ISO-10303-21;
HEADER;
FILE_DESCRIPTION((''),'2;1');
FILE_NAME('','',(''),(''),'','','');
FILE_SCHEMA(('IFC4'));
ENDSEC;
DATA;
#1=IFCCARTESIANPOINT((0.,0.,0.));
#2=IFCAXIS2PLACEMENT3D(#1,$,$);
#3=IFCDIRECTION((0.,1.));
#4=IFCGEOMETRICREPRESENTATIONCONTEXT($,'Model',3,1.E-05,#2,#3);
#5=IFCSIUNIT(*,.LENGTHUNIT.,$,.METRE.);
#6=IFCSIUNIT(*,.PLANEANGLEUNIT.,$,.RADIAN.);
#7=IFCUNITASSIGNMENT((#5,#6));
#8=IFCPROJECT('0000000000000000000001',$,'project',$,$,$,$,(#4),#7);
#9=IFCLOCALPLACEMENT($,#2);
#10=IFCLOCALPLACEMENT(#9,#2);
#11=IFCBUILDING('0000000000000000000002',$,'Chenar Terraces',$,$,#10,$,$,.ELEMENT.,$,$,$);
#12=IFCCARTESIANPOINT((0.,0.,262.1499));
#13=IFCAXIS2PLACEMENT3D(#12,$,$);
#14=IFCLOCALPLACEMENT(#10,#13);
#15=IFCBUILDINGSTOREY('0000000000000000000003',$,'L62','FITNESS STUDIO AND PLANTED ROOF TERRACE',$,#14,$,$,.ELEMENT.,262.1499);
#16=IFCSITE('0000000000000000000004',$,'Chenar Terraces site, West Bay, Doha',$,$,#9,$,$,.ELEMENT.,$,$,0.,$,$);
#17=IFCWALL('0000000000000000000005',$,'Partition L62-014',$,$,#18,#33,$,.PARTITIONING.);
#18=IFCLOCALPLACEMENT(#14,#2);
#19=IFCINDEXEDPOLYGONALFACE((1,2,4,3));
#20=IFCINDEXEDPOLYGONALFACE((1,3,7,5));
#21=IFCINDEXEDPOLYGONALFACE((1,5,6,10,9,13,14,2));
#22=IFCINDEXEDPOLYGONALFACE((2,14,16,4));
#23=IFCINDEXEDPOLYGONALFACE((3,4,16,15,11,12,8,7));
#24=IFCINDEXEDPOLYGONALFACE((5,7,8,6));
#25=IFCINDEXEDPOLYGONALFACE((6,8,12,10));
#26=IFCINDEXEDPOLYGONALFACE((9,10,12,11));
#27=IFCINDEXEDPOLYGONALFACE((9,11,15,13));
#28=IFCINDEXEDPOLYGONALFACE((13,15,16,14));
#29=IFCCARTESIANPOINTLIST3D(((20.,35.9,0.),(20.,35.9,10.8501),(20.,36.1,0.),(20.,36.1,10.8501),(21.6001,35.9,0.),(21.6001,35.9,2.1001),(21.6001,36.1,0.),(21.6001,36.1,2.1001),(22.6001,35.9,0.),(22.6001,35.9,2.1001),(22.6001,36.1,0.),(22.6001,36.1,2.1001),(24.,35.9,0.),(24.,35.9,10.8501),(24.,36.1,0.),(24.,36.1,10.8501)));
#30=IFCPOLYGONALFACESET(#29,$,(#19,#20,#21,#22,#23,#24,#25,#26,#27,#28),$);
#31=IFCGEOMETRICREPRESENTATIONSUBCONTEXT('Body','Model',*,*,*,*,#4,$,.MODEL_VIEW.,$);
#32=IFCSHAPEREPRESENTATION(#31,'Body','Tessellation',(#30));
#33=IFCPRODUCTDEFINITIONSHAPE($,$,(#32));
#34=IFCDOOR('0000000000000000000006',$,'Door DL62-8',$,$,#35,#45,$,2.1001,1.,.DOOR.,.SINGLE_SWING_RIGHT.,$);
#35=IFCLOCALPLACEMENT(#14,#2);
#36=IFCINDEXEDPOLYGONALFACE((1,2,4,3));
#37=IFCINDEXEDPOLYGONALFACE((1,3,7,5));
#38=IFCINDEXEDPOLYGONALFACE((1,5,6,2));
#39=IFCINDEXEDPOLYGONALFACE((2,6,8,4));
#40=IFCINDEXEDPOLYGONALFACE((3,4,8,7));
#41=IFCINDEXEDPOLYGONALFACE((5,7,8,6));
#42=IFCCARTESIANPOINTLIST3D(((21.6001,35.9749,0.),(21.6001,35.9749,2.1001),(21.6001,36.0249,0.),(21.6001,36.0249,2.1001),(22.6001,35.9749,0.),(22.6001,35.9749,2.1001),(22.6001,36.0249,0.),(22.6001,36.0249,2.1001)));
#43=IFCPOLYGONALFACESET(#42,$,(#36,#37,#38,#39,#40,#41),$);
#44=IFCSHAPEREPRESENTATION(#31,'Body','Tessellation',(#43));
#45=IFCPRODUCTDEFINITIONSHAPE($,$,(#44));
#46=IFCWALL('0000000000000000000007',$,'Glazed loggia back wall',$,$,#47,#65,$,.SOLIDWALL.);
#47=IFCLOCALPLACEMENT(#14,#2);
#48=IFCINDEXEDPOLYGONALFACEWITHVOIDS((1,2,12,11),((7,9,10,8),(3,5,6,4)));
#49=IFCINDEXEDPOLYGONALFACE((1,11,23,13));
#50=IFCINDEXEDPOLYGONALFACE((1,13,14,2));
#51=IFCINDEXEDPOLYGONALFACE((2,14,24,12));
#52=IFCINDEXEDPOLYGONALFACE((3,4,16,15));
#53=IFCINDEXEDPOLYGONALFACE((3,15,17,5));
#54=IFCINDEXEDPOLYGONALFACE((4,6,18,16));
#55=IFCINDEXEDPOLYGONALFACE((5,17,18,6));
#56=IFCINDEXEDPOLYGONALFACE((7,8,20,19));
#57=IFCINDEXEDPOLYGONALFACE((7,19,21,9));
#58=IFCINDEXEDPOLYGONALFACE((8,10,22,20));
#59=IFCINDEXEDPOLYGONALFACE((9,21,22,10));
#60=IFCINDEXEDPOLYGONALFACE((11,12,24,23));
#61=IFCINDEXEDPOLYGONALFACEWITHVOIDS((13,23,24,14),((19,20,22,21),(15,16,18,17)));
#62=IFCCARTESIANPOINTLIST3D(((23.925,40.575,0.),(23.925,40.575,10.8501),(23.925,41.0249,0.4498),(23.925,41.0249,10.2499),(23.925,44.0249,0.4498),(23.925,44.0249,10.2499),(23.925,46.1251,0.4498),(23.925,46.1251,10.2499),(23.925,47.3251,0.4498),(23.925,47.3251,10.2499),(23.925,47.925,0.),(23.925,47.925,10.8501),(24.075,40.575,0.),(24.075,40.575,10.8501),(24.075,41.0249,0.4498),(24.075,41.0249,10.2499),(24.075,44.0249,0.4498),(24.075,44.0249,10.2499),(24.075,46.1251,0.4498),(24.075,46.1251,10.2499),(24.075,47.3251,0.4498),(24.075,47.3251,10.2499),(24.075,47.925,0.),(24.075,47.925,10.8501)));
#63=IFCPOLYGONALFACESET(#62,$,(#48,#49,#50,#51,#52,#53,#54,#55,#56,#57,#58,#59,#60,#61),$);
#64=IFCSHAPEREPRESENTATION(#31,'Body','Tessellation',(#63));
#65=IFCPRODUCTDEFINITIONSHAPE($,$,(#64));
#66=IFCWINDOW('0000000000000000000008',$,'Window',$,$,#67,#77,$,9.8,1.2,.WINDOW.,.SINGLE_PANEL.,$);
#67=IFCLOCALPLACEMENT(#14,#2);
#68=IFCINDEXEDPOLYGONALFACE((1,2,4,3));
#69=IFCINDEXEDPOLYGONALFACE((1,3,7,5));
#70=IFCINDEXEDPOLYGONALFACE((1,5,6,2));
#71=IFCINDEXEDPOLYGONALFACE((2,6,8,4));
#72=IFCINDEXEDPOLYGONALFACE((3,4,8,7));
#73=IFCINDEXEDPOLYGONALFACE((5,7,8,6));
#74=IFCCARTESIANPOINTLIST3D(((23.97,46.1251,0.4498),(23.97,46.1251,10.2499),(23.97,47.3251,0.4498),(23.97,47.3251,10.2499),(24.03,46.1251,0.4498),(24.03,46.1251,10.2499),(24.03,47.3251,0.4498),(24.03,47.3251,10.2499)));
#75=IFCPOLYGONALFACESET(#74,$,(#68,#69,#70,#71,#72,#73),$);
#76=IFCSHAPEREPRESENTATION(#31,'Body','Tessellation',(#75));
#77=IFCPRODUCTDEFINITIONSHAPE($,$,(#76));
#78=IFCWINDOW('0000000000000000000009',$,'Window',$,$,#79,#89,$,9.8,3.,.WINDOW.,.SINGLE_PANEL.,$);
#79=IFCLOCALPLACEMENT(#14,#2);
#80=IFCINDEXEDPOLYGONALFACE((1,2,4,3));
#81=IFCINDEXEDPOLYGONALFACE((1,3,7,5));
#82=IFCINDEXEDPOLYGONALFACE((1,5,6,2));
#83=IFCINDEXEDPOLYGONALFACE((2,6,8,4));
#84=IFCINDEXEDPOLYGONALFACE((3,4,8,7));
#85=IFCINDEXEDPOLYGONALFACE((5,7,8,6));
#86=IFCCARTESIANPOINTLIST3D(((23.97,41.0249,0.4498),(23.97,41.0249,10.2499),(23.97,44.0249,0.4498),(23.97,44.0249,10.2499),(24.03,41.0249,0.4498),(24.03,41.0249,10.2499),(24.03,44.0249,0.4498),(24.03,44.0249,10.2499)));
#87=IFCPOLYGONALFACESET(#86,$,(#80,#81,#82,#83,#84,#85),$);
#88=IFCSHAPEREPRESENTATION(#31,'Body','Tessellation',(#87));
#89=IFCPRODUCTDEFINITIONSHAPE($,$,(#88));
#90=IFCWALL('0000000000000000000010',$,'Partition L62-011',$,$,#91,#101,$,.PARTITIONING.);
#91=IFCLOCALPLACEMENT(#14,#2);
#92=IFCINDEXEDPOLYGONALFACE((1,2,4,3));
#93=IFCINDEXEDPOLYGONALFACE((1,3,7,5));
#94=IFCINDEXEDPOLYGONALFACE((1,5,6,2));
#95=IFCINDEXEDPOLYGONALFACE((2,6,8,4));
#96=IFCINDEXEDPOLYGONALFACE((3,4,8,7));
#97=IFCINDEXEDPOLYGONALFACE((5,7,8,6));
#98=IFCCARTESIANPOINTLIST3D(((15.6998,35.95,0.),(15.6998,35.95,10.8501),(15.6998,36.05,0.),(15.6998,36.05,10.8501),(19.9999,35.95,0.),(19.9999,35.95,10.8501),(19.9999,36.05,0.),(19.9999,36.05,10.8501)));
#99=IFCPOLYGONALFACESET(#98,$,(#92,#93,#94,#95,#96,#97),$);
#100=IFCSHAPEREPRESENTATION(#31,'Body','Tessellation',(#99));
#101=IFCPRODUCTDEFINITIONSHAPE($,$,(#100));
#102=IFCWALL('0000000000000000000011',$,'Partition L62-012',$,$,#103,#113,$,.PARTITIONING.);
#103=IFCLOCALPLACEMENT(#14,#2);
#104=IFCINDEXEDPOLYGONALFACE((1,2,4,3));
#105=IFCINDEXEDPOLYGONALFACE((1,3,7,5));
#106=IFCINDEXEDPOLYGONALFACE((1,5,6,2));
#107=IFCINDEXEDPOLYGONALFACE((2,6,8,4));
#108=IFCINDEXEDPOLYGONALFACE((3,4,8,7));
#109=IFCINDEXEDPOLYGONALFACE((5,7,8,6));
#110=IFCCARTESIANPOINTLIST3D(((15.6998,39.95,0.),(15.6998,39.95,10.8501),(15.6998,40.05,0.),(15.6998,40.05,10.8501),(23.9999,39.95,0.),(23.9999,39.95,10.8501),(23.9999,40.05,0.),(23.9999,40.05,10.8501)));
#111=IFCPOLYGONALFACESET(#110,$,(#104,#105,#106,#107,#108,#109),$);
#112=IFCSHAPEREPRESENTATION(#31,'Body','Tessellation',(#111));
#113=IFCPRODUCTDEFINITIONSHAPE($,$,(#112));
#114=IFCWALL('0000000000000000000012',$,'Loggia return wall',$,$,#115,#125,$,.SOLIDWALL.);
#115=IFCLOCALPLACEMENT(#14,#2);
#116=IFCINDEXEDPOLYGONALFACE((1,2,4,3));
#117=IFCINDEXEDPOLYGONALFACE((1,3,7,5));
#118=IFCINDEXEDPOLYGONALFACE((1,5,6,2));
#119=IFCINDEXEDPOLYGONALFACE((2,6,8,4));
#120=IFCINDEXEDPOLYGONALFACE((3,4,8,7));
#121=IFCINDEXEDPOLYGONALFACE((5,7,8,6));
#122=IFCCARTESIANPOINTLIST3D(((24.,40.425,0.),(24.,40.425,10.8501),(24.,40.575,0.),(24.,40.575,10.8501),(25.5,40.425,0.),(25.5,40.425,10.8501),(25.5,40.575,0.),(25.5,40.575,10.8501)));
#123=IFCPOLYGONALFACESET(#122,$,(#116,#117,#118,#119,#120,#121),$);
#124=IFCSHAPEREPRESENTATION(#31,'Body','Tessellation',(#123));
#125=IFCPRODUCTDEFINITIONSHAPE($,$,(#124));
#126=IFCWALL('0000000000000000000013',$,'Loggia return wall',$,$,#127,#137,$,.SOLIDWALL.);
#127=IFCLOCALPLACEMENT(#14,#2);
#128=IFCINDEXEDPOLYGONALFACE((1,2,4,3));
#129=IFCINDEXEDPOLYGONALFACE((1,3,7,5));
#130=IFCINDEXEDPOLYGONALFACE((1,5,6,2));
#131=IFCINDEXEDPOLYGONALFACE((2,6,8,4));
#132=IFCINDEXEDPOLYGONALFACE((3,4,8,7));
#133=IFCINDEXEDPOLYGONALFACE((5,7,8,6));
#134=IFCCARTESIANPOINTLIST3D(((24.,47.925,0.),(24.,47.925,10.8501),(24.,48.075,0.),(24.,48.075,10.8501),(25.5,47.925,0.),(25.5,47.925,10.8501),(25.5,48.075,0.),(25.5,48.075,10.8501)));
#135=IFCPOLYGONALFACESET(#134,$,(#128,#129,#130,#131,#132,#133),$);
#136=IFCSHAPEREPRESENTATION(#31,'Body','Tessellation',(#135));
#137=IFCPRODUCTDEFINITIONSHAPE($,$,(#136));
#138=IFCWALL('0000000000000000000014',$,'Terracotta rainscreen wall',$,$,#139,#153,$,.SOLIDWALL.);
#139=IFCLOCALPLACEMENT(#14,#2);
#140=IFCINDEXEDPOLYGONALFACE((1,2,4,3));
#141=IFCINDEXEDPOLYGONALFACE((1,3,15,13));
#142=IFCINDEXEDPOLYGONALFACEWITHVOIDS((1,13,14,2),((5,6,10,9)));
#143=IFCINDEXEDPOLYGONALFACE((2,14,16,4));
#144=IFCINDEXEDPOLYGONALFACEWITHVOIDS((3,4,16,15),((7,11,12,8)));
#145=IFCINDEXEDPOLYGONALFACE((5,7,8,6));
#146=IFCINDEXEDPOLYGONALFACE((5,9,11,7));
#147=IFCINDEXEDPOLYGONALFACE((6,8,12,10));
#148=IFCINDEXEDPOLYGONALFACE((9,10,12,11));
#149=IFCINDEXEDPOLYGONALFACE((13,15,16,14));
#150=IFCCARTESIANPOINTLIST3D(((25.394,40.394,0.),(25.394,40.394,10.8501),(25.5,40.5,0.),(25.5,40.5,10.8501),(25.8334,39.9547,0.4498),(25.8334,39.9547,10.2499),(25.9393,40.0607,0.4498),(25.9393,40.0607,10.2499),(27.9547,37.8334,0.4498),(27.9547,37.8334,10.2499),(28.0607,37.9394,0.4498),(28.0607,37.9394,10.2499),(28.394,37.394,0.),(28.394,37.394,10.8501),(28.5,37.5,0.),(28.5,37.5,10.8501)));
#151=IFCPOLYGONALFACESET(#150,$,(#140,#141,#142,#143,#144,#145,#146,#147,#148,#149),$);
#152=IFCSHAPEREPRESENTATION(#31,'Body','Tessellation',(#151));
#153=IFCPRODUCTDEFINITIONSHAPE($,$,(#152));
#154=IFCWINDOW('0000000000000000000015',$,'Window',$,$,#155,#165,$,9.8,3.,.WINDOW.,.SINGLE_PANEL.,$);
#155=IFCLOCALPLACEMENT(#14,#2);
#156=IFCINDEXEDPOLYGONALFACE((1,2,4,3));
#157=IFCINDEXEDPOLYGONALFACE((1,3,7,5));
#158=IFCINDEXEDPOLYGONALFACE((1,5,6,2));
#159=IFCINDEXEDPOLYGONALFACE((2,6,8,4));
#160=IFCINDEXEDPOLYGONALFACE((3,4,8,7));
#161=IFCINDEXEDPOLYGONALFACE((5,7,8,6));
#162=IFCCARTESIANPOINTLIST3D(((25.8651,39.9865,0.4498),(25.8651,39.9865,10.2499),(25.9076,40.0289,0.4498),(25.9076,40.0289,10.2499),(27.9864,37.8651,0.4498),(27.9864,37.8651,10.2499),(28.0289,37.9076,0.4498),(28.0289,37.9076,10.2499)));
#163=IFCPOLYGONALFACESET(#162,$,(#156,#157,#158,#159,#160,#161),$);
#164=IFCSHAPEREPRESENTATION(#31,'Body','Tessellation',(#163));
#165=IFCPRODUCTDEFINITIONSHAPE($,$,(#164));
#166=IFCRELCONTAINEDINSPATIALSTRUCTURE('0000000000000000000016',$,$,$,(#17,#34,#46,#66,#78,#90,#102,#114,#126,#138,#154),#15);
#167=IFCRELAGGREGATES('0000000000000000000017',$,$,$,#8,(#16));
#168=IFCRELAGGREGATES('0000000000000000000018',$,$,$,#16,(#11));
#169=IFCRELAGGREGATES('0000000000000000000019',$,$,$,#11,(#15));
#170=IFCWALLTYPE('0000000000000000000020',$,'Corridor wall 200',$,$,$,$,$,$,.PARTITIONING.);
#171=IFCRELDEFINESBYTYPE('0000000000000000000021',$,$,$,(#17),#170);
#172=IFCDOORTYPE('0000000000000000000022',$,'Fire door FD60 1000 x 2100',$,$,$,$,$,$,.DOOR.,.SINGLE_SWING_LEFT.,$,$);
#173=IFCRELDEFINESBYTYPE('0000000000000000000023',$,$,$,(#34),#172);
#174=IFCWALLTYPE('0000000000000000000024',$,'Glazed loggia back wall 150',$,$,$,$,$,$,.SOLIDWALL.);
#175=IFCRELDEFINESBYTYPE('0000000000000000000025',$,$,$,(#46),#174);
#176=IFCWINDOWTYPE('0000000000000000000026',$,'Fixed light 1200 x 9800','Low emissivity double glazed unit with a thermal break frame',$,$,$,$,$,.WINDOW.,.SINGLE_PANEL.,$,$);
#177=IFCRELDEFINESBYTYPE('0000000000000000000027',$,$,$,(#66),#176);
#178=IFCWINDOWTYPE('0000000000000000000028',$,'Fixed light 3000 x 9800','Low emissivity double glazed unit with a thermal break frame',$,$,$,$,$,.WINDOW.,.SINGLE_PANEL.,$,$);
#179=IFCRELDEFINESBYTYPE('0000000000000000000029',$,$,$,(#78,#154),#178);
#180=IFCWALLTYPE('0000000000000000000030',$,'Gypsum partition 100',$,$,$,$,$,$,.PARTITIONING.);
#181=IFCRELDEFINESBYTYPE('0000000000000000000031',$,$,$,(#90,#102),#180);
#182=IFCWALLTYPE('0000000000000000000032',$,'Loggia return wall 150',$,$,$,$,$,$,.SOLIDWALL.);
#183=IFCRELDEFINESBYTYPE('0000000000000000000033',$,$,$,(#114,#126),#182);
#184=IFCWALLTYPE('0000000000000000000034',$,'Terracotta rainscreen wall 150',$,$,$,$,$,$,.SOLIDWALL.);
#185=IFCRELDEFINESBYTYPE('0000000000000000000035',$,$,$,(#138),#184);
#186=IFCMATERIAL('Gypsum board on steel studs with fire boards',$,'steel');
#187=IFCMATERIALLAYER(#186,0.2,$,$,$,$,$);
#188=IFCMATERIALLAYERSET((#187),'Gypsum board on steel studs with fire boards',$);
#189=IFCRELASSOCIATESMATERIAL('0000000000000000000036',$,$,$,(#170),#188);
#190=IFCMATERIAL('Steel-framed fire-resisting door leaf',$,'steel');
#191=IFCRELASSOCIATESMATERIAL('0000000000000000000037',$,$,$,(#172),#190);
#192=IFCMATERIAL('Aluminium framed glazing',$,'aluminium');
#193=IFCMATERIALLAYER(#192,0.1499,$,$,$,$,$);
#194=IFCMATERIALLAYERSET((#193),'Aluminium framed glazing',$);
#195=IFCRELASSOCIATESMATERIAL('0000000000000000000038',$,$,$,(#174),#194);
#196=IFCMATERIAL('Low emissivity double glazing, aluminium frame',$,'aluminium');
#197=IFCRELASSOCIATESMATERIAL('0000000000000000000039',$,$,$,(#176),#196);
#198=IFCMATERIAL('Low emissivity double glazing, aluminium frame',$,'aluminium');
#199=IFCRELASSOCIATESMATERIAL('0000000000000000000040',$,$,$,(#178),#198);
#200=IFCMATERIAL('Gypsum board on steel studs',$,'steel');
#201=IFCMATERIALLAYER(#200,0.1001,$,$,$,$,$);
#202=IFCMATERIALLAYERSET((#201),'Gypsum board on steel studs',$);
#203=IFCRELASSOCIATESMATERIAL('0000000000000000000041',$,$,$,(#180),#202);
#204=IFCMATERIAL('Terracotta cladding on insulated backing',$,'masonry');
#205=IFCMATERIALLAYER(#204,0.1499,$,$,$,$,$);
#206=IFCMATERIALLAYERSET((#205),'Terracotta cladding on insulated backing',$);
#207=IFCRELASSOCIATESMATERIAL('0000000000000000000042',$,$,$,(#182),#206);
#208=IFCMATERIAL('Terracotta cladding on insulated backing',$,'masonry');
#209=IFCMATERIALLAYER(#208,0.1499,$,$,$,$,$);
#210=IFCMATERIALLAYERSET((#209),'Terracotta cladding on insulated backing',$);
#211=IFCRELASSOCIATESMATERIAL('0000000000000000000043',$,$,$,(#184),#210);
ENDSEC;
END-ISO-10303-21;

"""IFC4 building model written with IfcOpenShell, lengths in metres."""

from ifc_helpers import new_model, si_unit, direction, frame, frame_2d, origin, place, context, subcontext, project, spatial, rectangle, extrude, material, layer, layer_set, type_object, element, fill, save


model = new_model("IFC4")

# Units and contexts
model_context = context("Model", 3, precision=1e-05, world=origin(), true_north=direction((0.0, 1.0)))
body_context = subcontext(model_context, "Body", "Model", "MODEL_VIEW")
ifc_project = project(units=[si_unit("LENGTHUNIT", "METRE"), si_unit("PLANEANGLEUNIT", "RADIAN")], contexts=[model_context])

# Site, building, storey
site_placement = place(None, origin())
site = spatial("IfcSite", under=ifc_project, at=site_placement, Name="Chenar Terraces site, West Bay, Doha", CompositionType="ELEMENT", RefElevation=0.0)
building_placement = place(site_placement, origin())
building = spatial("IfcBuilding", under=site, at=building_placement, Name="Chenar Terraces", CompositionType="ELEMENT")
storey_placement = place(building_placement, frame((0.0, 0.0, 262.1499)))
storey = spatial("IfcBuildingStorey", under=building, at=storey_placement, Name="L62", Description="FITNESS STUDIO AND PLANTED ROOF TERRACE", CompositionType="ELEMENT", Elevation=262.1499)

# Wall, opening, door
ifc_material_1 = material(Name="Gypsum board on steel studs with fire boards", Category="steel")
ifc_layer_1 = layer(ifc_material_1, 0.2)
ifc_layer_set_1 = layer_set([ifc_layer_1], Name="Gypsum board on steel studs with fire boards")
wall_type_1 = type_object("IfcWallType", Name="Corridor wall 200", PredefinedType="PARTITIONING", material=ifc_layer_set_1)
wall_1_placement = place(storey_placement, frame((20.0, 36.0, 0.0), z_axis=(0.0, 0.0, 1.0), x_axis=(1.0, 0.0, 0.0)))
wall_1 = element("IfcWall", 1, at=wall_1_placement, inside=storey, type_object=wall_type_1, Name="Partition L62-014", PredefinedType="PARTITIONING", context=body_context, shape_type="SweptSolid", body=[
    extrude(rectangle(XDim=4.0, YDim=0.2, at=frame_2d((2.0, 0.0))), origin(), (0.0, 0.0, 1.0), 10.8501),
])
opening_1_placement = place(wall_1_placement, frame((1.6001, 0.0, 0.0)))
opening_1 = element("IfcOpeningElement", 2, at=opening_1_placement, cuts=wall_1, PredefinedType="OPENING", context=body_context, shape_type="SweptSolid", body=[
    extrude(rectangle(XDim=1.0, YDim=2.1001, at=frame_2d((0.5, 1.05))), frame((0.0, 0.1099, 0.0), z_axis=(0.0, -1.0, 0.0), x_axis=(1.0, 0.0, 0.0)), (0.0, 0.0, 1.0), 0.22),
])
ifc_material_2 = material(Name="Steel-framed fire-resisting door leaf", Category="steel")
door_type_1 = type_object("IfcDoorType", Name="Fire door FD60 1000 x 2100", OperationType="SINGLE_SWING_LEFT", PredefinedType="DOOR", material=ifc_material_2)
door_1_placement = place(opening_1_placement, origin())
door_1 = element("IfcDoor", 3, at=door_1_placement, inside=storey, type_object=door_type_1, Name="Door DL62-8", OperationType="SINGLE_SWING_RIGHT", OverallHeight=2.1001, OverallWidth=1.0, PredefinedType="DOOR", context=body_context, shape_type="SweptSolid", body=[
    extrude(rectangle(XDim=1.0, YDim=2.1001, at=frame_2d((0.5, 1.05))), frame((0.0, 0.0249, 0.0), z_axis=(0.0, -1.0, 0.0), x_axis=(1.0, 0.0, 0.0)), (0.0, 0.0, 1.0), 0.05),
])
fill(opening_1, door_1)

# Wall, openings, windows
ifc_material_3 = material(Name="Aluminium framed glazing", Category="aluminium")
ifc_layer_2 = layer(ifc_material_3, 0.1499)
ifc_layer_set_2 = layer_set([ifc_layer_2], Name="Aluminium framed glazing")
wall_type_2 = type_object("IfcWallType", Name="Glazed loggia back wall 150", PredefinedType="SOLIDWALL", material=ifc_layer_set_2)
wall_2_placement = place(storey_placement, frame((24.0, 40.575, 0.0), z_axis=(0.0, 0.0, 1.0), x_axis=(0.0, 1.0, 0.0)))
wall_2 = element("IfcWall", 4, at=wall_2_placement, inside=storey, type_object=wall_type_2, Name="Glazed loggia back wall", PredefinedType="SOLIDWALL", context=body_context, shape_type="SweptSolid", body=[
    extrude(rectangle(XDim=7.3501, YDim=0.1499, at=frame_2d((3.675, 0.0))), origin(), (0.0, 0.0, 1.0), 10.8501),
])
opening_2_placement = place(wall_2_placement, frame((0.45, 0.0, 0.45)))
opening_2 = element("IfcOpeningElement", 5, at=opening_2_placement, cuts=wall_2, PredefinedType="OPENING", context=body_context, shape_type="SweptSolid", body=[
    extrude(rectangle(XDim=3.0, YDim=9.8, at=frame_2d((1.5, 4.8999))), frame((0.0, 0.085, 0.0), z_axis=(0.0, -1.0, 0.0), x_axis=(1.0, 0.0, 0.0)), (0.0, 0.0, 1.0), 0.1699),
])
opening_3_placement = place(wall_2_placement, frame((5.55, 0.0, 0.45)))
opening_3 = element("IfcOpeningElement", 6, at=opening_3_placement, cuts=wall_2, PredefinedType="OPENING", context=body_context, shape_type="SweptSolid", body=[
    extrude(rectangle(XDim=1.2, YDim=9.8, at=frame_2d((0.6001, 4.8999))), frame((0.0, 0.085, 0.0), z_axis=(0.0, -1.0, 0.0), x_axis=(1.0, 0.0, 0.0)), (0.0, 0.0, 1.0), 0.1699),
])
ifc_material_4 = material(Name="Low emissivity double glazing, aluminium frame", Category="aluminium")
window_type_1 = type_object("IfcWindowType", Name="Fixed light 1200 x 9800", Description="Low emissivity double glazed unit with a thermal break frame", PartitioningType="SINGLE_PANEL", PredefinedType="WINDOW", material=ifc_material_4)
window_1_placement = place(opening_3_placement, origin())
window_1 = element("IfcWindow", 7, at=window_1_placement, inside=storey, type_object=window_type_1, Name="Window", OverallHeight=9.8, OverallWidth=1.2, PartitioningType="SINGLE_PANEL", PredefinedType="WINDOW", context=body_context, shape_type="SweptSolid", body=[
    extrude(rectangle(XDim=1.2, YDim=9.8, at=frame_2d((0.6001, 4.8999))), frame((0.0, 0.03, 0.0), z_axis=(0.0, -1.0, 0.0), x_axis=(1.0, 0.0, 0.0)), (0.0, 0.0, 1.0), 0.0601),
])
fill(opening_3, window_1)
ifc_material_5 = material(Name="Low emissivity double glazing, aluminium frame", Category="aluminium")
window_type_2 = type_object("IfcWindowType", Name="Fixed light 3000 x 9800", Description="Low emissivity double glazed unit with a thermal break frame", PartitioningType="SINGLE_PANEL", PredefinedType="WINDOW", material=ifc_material_5)
window_2_placement = place(opening_2_placement, origin())
window_2 = element("IfcWindow", 8, at=window_2_placement, inside=storey, type_object=window_type_2, Name="Window", OverallHeight=9.8, OverallWidth=3.0, PartitioningType="SINGLE_PANEL", PredefinedType="WINDOW", context=body_context, shape_type="SweptSolid", body=[
    extrude(rectangle(XDim=3.0, YDim=9.8, at=frame_2d((1.5, 4.8999))), frame((0.0, 0.03, 0.0), z_axis=(0.0, -1.0, 0.0), x_axis=(1.0, 0.0, 0.0)), (0.0, 0.0, 1.0), 0.0601),
])
fill(opening_2, window_2)

# Walls
ifc_material_6 = material(Name="Gypsum board on steel studs", Category="steel")
ifc_layer_3 = layer(ifc_material_6, 0.1001)
ifc_layer_set_3 = layer_set([ifc_layer_3], Name="Gypsum board on steel studs")
wall_type_3 = type_object("IfcWallType", Name="Gypsum partition 100", PredefinedType="PARTITIONING", material=ifc_layer_set_3)
wall_3_placement = place(storey_placement, frame((15.7, 36.0, 0.0), z_axis=(0.0, 0.0, 1.0), x_axis=(1.0, 0.0, 0.0)))
element("IfcWall", 9, at=wall_3_placement, inside=storey, type_object=wall_type_3, Name="Partition L62-011", PredefinedType="PARTITIONING", context=body_context, shape_type="SweptSolid", body=[
    extrude(rectangle(XDim=4.3, YDim=0.1001, at=frame_2d((2.1499, 0.0))), origin(), (0.0, 0.0, 1.0), 10.8501),
])
wall_4_placement = place(storey_placement, frame((15.7, 40.0, 0.0), z_axis=(0.0, 0.0, 1.0), x_axis=(1.0, 0.0, 0.0)))
element("IfcWall", 10, at=wall_4_placement, inside=storey, type_object=wall_type_3, Name="Partition L62-012", PredefinedType="PARTITIONING", context=body_context, shape_type="SweptSolid", body=[
    extrude(rectangle(XDim=8.3, YDim=0.1001, at=frame_2d((4.1499, 0.0))), origin(), (0.0, 0.0, 1.0), 10.8501),
])
ifc_material_7 = material(Name="Terracotta cladding on insulated backing", Category="masonry")
ifc_layer_4 = layer(ifc_material_7, 0.1499)
ifc_layer_set_4 = layer_set([ifc_layer_4], Name="Terracotta cladding on insulated backing")
wall_type_4 = type_object("IfcWallType", Name="Loggia return wall 150", PredefinedType="SOLIDWALL", material=ifc_layer_set_4)
for number, where, z_axis, x_axis, name in (
    (11, (25.5, 40.5, 0.0), (0.0, 0.0, 1.0), (-1.0, 0.0, 0.0), "Loggia return wall"),
    (12, (25.5, 48.0, 0.0), (0.0, 0.0, 1.0), (-1.0, 0.0, 0.0), "Loggia return wall"),
):
    element("IfcWall", number, at=place(storey_placement, frame(where, z_axis=z_axis, x_axis=x_axis)), inside=storey, type_object=wall_type_4, Name=name, PredefinedType="SOLIDWALL", context=body_context, shape_type="SweptSolid", body=[
        extrude(rectangle(XDim=1.5, YDim=0.1499, at=frame_2d((0.75, 0.0))), origin(), (0.0, 0.0, 1.0), 10.8501),
    ])

# Wall, opening, window
ifc_material_8 = material(Name="Terracotta cladding on insulated backing", Category="masonry")
ifc_layer_5 = layer(ifc_material_8, 0.1499)
ifc_layer_set_5 = layer_set([ifc_layer_5], Name="Terracotta cladding on insulated backing")
wall_type_5 = type_object("IfcWallType", Name="Terracotta rainscreen wall 150", PredefinedType="SOLIDWALL", material=ifc_layer_set_5)
wall_5_placement = place(storey_placement, frame((28.447, 37.447, 0.0), z_axis=(0.0, 0.0, 1.0), x_axis=(-0.707107, 0.707107, 0.0)))
wall_5 = element("IfcWall", 13, at=wall_5_placement, inside=storey, type_object=wall_type_5, Name="Terracotta rainscreen wall", PredefinedType="SOLIDWALL", context=body_context, shape_type="SweptSolid", body=[
    extrude(rectangle(XDim=4.2427, YDim=0.1499, at=frame_2d((2.1213, 0.0))), origin(), (0.0, 0.0, 1.0), 10.8501),
])
opening_4_placement = place(wall_5_placement, frame((0.6213, 0.0, 0.45)))
opening_4 = element("IfcOpeningElement", 14, at=opening_4_placement, cuts=wall_5, PredefinedType="OPENING", context=body_context, shape_type="SweptSolid", body=[
    extrude(rectangle(XDim=3.0, YDim=9.8, at=frame_2d((1.5, 4.8999))), frame((0.0, 0.085, 0.0), z_axis=(0.0, -1.0, 0.0), x_axis=(1.0, 0.0, 0.0)), (0.0, 0.0, 1.0), 0.1699),
])
window_3_placement = place(opening_4_placement, origin())
window_3 = element("IfcWindow", 15, at=window_3_placement, inside=storey, type_object=window_type_2, Name="Window", OverallHeight=9.8, OverallWidth=3.0, PartitioningType="SINGLE_PANEL", PredefinedType="WINDOW", context=body_context, shape_type="SweptSolid", body=[
    extrude(rectangle(XDim=3.0, YDim=9.8, at=frame_2d((1.5, 4.8999))), frame((0.0, 0.03, 0.0), z_axis=(0.0, -1.0, 0.0), x_axis=(1.0, 0.0, 0.0)), (0.0, 0.0, 1.0), 0.0601),
])
fill(opening_4, window_3)

save(model, "model.ifc")
